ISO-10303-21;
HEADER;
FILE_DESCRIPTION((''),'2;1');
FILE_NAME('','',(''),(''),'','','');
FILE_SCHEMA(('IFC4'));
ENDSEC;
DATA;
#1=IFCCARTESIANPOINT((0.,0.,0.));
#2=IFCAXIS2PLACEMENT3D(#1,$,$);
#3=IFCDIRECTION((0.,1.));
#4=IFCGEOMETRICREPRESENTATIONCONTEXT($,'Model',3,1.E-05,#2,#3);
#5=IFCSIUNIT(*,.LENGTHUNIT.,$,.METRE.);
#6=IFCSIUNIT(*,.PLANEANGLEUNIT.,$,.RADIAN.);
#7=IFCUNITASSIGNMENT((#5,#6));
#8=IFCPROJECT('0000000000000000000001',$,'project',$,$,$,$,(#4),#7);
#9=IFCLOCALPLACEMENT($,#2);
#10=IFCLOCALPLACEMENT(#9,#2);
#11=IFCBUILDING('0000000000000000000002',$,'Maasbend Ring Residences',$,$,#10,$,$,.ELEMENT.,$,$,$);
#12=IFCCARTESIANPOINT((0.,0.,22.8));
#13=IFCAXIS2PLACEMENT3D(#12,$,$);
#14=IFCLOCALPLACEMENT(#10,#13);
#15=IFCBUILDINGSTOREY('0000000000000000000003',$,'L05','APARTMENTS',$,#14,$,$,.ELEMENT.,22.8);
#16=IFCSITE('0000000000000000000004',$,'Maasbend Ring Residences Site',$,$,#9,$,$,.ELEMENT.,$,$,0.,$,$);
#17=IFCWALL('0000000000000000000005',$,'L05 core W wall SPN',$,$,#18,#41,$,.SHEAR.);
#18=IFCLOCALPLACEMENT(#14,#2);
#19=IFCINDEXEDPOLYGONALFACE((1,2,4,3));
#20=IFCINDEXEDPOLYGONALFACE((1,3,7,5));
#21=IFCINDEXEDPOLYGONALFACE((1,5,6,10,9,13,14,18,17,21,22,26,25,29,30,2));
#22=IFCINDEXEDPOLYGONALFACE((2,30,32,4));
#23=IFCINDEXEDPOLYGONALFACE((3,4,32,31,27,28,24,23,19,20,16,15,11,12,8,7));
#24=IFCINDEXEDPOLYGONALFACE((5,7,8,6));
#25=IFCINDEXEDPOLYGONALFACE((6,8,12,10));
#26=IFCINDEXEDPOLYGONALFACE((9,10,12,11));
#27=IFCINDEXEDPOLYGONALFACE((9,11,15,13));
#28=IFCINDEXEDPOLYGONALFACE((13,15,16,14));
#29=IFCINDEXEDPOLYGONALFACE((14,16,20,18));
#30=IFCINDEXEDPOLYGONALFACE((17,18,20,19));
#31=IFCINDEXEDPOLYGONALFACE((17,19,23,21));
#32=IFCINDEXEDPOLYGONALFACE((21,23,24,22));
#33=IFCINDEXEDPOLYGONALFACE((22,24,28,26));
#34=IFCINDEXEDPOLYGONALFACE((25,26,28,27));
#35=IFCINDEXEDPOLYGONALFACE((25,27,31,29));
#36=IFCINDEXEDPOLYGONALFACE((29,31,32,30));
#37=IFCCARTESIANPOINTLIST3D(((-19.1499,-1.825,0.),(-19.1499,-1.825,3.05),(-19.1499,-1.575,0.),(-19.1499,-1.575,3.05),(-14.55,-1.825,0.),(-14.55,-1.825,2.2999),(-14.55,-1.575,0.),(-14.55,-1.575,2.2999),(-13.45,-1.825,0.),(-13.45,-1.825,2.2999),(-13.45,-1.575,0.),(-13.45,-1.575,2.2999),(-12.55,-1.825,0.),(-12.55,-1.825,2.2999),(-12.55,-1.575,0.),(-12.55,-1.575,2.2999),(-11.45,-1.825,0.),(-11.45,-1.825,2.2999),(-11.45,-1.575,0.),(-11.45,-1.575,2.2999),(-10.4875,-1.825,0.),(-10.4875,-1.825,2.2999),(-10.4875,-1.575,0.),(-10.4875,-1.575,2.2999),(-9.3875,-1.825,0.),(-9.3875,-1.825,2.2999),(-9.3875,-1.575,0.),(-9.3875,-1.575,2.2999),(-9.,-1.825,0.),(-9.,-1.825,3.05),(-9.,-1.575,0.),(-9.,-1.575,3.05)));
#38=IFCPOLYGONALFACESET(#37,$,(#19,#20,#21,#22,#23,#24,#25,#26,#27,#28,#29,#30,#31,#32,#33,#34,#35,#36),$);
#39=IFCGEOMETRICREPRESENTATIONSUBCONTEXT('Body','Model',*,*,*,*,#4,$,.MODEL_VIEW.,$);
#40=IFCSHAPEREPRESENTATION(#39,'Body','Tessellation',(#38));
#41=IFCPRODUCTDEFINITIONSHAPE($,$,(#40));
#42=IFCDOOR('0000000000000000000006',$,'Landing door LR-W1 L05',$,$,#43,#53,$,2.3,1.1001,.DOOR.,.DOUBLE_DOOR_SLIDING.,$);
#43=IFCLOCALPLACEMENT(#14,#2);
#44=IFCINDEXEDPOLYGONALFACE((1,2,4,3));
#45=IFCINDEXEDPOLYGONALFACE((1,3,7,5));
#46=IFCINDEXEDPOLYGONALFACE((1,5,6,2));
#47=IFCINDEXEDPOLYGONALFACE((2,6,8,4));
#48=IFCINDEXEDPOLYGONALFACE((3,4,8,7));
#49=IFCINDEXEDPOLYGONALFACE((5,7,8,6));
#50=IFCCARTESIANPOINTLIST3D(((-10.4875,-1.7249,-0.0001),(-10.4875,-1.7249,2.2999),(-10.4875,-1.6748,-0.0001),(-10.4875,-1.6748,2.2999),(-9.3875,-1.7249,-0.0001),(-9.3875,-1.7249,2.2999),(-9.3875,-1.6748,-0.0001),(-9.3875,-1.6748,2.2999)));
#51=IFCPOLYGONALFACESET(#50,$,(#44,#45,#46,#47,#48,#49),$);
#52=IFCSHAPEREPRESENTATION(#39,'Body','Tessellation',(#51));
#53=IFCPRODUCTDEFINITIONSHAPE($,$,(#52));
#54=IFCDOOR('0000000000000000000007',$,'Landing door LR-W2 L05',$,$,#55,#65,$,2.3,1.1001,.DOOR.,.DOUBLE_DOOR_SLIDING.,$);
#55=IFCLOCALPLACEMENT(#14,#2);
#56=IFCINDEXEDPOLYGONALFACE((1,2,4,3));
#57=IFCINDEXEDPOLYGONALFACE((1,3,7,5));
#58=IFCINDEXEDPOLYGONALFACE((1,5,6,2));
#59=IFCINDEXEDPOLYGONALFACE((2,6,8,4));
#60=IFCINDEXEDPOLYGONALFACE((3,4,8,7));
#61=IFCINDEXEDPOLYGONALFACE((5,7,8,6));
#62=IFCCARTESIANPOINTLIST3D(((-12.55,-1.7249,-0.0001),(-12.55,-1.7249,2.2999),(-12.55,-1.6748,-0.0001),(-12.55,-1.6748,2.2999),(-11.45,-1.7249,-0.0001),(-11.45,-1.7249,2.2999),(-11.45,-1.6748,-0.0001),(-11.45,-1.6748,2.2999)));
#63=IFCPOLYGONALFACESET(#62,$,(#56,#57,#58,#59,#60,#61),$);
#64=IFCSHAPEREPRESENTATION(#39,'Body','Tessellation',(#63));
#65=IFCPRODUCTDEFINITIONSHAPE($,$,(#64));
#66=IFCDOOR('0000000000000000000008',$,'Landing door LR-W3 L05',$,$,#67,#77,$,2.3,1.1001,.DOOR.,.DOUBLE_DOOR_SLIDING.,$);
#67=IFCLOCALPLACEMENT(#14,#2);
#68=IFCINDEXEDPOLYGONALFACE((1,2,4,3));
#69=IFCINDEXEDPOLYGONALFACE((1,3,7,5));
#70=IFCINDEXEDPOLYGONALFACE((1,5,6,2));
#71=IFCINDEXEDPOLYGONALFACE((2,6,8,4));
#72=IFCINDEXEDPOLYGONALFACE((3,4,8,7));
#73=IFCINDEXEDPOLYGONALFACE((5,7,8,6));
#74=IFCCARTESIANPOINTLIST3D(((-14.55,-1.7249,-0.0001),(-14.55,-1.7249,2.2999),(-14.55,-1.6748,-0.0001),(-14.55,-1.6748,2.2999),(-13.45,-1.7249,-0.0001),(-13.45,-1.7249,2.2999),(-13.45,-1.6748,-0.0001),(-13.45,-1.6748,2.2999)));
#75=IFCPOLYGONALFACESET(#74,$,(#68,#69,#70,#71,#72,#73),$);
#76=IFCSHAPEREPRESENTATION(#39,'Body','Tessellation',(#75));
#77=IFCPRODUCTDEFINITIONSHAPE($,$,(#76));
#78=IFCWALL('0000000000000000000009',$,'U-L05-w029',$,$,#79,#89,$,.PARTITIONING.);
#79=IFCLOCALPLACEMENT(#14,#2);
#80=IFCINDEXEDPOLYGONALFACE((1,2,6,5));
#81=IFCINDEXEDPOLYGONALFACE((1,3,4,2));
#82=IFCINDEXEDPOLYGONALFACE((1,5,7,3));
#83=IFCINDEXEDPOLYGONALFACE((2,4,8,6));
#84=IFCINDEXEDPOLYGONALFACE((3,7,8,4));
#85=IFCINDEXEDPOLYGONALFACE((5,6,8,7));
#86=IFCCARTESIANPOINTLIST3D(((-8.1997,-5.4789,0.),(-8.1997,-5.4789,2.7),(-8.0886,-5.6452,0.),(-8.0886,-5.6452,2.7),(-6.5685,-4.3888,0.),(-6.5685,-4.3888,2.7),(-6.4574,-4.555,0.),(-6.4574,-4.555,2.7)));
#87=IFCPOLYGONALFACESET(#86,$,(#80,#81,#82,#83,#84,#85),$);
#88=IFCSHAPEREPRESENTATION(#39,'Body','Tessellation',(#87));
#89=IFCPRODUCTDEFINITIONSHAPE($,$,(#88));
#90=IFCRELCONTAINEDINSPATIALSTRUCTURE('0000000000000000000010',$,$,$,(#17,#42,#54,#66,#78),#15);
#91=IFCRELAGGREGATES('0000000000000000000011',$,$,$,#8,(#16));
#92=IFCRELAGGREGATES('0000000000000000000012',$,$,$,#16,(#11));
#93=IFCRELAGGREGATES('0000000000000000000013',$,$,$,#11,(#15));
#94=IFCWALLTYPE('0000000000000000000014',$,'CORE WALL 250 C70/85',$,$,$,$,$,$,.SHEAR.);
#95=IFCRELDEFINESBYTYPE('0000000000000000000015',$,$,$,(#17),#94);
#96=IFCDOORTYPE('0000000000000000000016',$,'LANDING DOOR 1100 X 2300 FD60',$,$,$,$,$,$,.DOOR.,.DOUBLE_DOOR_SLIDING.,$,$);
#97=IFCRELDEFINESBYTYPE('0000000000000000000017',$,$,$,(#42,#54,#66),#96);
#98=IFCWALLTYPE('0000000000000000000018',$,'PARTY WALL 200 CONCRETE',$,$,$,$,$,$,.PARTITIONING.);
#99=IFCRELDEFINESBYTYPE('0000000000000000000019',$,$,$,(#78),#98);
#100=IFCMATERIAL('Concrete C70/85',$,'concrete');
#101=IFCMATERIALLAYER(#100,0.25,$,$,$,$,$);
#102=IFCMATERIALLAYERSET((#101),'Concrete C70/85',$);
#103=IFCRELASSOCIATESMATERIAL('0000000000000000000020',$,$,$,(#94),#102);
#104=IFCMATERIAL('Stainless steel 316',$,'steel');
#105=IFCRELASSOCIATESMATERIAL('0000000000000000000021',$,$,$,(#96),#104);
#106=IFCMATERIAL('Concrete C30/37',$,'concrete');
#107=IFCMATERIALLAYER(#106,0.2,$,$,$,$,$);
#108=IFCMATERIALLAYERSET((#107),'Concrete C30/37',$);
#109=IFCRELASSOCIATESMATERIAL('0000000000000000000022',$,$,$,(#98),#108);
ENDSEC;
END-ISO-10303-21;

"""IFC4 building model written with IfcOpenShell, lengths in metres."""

from ifc_helpers import new_model, si_unit, direction, frame, frame_2d, origin, place, context, subcontext, project, spatial, rectangle, extrude, material, layer, layer_set, type_object, element, fill, save


model = new_model("IFC4")

# Units and contexts
model_context = context("Model", 3, precision=1e-05, world=origin(), true_north=direction((0.0, 1.0)))
body_context = subcontext(model_context, "Body", "Model", "MODEL_VIEW")
ifc_project = project(units=[si_unit("LENGTHUNIT", "METRE"), si_unit("PLANEANGLEUNIT", "RADIAN")], contexts=[model_context])

# Site, building, storey
site_placement = place(None, origin())
site = spatial("IfcSite", under=ifc_project, at=site_placement, Name="Maasbend Ring Residences Site", CompositionType="ELEMENT", RefElevation=0.0)
building_placement = place(site_placement, origin())
building = spatial("IfcBuilding", under=site, at=building_placement, Name="Maasbend Ring Residences", CompositionType="ELEMENT")
storey_placement = place(building_placement, frame((0.0, 0.0, 22.8)))
storey = spatial("IfcBuildingStorey", under=building, at=storey_placement, Name="L05", Description="APARTMENTS", CompositionType="ELEMENT", Elevation=22.8)

# Wall, openings, doors
ifc_material_1 = material(Name="Concrete C70/85", Category="concrete")
ifc_layer_1 = layer(ifc_material_1, 0.25)
ifc_layer_set_1 = layer_set([ifc_layer_1], Name="Concrete C70/85")
wall_type_1 = type_object("IfcWallType", Name="CORE WALL 250 C70/85", PredefinedType="SHEAR", material=ifc_layer_set_1)
wall_1_placement = place(storey_placement, frame((-9.0, -1.7, 0.0), z_axis=(0.0, 0.0, 1.0), x_axis=(-1.0, 0.0, 0.0)))
wall_1 = element("IfcWall", 1, at=wall_1_placement, inside=storey, type_object=wall_type_1, Name="L05 core W wall SPN", PredefinedType="SHEAR", context=body_context, shape_type="SweptSolid", body=[
    extrude(rectangle(XDim=10.1499, YDim=0.25, at=frame_2d((5.075, 0.0))), origin(), (0.0, 0.0, 1.0), 3.05),
])
opening_1_placement = place(wall_1_placement, frame((0.3875, 0.0, 0.0)))
opening_1 = element("IfcOpeningElement", 2, at=opening_1_placement, cuts=wall_1, PredefinedType="OPENING", context=body_context, shape_type="SweptSolid", body=[
    extrude(rectangle(XDim=1.1001, YDim=2.3, at=frame_2d((0.55, 1.1499))), frame((0.0, 0.135, 0.0), z_axis=(0.0, -1.0, 0.0), x_axis=(1.0, 0.0, 0.0)), (0.0, 0.0, 1.0), 0.27),
])
opening_2_placement = place(wall_1_placement, frame((2.45, 0.0, 0.0)))
opening_2 = element("IfcOpeningElement", 3, at=opening_2_placement, cuts=wall_1, PredefinedType="OPENING", context=body_context, shape_type="SweptSolid", body=[
    extrude(rectangle(XDim=1.1001, YDim=2.3, at=frame_2d((0.55, 1.1499))), frame((0.0, 0.135, 0.0), z_axis=(0.0, -1.0, 0.0), x_axis=(1.0, 0.0, 0.0)), (0.0, 0.0, 1.0), 0.27),
])
opening_3_placement = place(wall_1_placement, frame((4.45, 0.0, 0.0)))
opening_3 = element("IfcOpeningElement", 4, at=opening_3_placement, cuts=wall_1, PredefinedType="OPENING", context=body_context, shape_type="SweptSolid", body=[
    extrude(rectangle(XDim=1.1001, YDim=2.3, at=frame_2d((0.55, 1.1499))), frame((0.0, 0.135, 0.0), z_axis=(0.0, -1.0, 0.0), x_axis=(1.0, 0.0, 0.0)), (0.0, 0.0, 1.0), 0.27),
])
ifc_material_2 = material(Name="Stainless steel 316", Category="steel")
door_type = type_object("IfcDoorType", Name="LANDING DOOR 1100 X 2300 FD60", OperationType="DOUBLE_DOOR_SLIDING", PredefinedType="DOOR", material=ifc_material_2)
door_1_placement = place(opening_1_placement, origin())
door_1 = element("IfcDoor", 5, at=door_1_placement, inside=storey, type_object=door_type, Name="Landing door LR-W1 L05", OperationType="DOUBLE_DOOR_SLIDING", OverallHeight=2.3, OverallWidth=1.1001, PredefinedType="DOOR", context=body_context, shape_type="SweptSolid", body=[
    extrude(rectangle(XDim=1.1001, YDim=2.3, at=frame_2d((0.55, 1.1499))), frame((0.0, 0.0249, 0.0), z_axis=(0.0, -1.0, 0.0), x_axis=(1.0, 0.0, 0.0)), (0.0, 0.0, 1.0), 0.05),
])
fill(opening_1, door_1)
door_2_placement = place(opening_2_placement, origin())
door_2 = element("IfcDoor", 6, at=door_2_placement, inside=storey, type_object=door_type, Name="Landing door LR-W2 L05", OperationType="DOUBLE_DOOR_SLIDING", OverallHeight=2.3, OverallWidth=1.1001, PredefinedType="DOOR", context=body_context, shape_type="SweptSolid", body=[
    extrude(rectangle(XDim=1.1001, YDim=2.3, at=frame_2d((0.55, 1.1499))), frame((0.0, 0.0249, 0.0), z_axis=(0.0, -1.0, 0.0), x_axis=(1.0, 0.0, 0.0)), (0.0, 0.0, 1.0), 0.05),
])
fill(opening_2, door_2)
door_3_placement = place(opening_3_placement, origin())
door_3 = element("IfcDoor", 7, at=door_3_placement, inside=storey, type_object=door_type, Name="Landing door LR-W3 L05", OperationType="DOUBLE_DOOR_SLIDING", OverallHeight=2.3, OverallWidth=1.1001, PredefinedType="DOOR", context=body_context, shape_type="SweptSolid", body=[
    extrude(rectangle(XDim=1.1001, YDim=2.3, at=frame_2d((0.55, 1.1499))), frame((0.0, 0.0249, 0.0), z_axis=(0.0, -1.0, 0.0), x_axis=(1.0, 0.0, 0.0)), (0.0, 0.0, 1.0), 0.05),
])
fill(opening_3, door_3)

# Wall
ifc_material_3 = material(Name="Concrete C30/37", Category="concrete")
ifc_layer_2 = layer(ifc_material_3, 0.2)
ifc_layer_set_2 = layer_set([ifc_layer_2], Name="Concrete C30/37")
wall_type_2 = type_object("IfcWallType", Name="PARTY WALL 200 CONCRETE", PredefinedType="PARTITIONING", material=ifc_layer_set_2)
wall_2_placement = place(storey_placement, frame((-6.5129, -4.4719, 0.0), z_axis=(0.0, 0.0, 1.0), x_axis=(-0.831418, -0.555648, 0.0)))
element("IfcWall", 8, at=wall_2_placement, inside=storey, type_object=wall_type_2, Name="U-L05-w029", PredefinedType="PARTITIONING", context=body_context, shape_type="SweptSolid", body=[
    extrude(rectangle(XDim=1.9619, YDim=0.2, at=frame_2d((0.981, 0.0))), origin(), (0.0, 0.0, 1.0), 2.7),
])

save(model, "model.ifc")
